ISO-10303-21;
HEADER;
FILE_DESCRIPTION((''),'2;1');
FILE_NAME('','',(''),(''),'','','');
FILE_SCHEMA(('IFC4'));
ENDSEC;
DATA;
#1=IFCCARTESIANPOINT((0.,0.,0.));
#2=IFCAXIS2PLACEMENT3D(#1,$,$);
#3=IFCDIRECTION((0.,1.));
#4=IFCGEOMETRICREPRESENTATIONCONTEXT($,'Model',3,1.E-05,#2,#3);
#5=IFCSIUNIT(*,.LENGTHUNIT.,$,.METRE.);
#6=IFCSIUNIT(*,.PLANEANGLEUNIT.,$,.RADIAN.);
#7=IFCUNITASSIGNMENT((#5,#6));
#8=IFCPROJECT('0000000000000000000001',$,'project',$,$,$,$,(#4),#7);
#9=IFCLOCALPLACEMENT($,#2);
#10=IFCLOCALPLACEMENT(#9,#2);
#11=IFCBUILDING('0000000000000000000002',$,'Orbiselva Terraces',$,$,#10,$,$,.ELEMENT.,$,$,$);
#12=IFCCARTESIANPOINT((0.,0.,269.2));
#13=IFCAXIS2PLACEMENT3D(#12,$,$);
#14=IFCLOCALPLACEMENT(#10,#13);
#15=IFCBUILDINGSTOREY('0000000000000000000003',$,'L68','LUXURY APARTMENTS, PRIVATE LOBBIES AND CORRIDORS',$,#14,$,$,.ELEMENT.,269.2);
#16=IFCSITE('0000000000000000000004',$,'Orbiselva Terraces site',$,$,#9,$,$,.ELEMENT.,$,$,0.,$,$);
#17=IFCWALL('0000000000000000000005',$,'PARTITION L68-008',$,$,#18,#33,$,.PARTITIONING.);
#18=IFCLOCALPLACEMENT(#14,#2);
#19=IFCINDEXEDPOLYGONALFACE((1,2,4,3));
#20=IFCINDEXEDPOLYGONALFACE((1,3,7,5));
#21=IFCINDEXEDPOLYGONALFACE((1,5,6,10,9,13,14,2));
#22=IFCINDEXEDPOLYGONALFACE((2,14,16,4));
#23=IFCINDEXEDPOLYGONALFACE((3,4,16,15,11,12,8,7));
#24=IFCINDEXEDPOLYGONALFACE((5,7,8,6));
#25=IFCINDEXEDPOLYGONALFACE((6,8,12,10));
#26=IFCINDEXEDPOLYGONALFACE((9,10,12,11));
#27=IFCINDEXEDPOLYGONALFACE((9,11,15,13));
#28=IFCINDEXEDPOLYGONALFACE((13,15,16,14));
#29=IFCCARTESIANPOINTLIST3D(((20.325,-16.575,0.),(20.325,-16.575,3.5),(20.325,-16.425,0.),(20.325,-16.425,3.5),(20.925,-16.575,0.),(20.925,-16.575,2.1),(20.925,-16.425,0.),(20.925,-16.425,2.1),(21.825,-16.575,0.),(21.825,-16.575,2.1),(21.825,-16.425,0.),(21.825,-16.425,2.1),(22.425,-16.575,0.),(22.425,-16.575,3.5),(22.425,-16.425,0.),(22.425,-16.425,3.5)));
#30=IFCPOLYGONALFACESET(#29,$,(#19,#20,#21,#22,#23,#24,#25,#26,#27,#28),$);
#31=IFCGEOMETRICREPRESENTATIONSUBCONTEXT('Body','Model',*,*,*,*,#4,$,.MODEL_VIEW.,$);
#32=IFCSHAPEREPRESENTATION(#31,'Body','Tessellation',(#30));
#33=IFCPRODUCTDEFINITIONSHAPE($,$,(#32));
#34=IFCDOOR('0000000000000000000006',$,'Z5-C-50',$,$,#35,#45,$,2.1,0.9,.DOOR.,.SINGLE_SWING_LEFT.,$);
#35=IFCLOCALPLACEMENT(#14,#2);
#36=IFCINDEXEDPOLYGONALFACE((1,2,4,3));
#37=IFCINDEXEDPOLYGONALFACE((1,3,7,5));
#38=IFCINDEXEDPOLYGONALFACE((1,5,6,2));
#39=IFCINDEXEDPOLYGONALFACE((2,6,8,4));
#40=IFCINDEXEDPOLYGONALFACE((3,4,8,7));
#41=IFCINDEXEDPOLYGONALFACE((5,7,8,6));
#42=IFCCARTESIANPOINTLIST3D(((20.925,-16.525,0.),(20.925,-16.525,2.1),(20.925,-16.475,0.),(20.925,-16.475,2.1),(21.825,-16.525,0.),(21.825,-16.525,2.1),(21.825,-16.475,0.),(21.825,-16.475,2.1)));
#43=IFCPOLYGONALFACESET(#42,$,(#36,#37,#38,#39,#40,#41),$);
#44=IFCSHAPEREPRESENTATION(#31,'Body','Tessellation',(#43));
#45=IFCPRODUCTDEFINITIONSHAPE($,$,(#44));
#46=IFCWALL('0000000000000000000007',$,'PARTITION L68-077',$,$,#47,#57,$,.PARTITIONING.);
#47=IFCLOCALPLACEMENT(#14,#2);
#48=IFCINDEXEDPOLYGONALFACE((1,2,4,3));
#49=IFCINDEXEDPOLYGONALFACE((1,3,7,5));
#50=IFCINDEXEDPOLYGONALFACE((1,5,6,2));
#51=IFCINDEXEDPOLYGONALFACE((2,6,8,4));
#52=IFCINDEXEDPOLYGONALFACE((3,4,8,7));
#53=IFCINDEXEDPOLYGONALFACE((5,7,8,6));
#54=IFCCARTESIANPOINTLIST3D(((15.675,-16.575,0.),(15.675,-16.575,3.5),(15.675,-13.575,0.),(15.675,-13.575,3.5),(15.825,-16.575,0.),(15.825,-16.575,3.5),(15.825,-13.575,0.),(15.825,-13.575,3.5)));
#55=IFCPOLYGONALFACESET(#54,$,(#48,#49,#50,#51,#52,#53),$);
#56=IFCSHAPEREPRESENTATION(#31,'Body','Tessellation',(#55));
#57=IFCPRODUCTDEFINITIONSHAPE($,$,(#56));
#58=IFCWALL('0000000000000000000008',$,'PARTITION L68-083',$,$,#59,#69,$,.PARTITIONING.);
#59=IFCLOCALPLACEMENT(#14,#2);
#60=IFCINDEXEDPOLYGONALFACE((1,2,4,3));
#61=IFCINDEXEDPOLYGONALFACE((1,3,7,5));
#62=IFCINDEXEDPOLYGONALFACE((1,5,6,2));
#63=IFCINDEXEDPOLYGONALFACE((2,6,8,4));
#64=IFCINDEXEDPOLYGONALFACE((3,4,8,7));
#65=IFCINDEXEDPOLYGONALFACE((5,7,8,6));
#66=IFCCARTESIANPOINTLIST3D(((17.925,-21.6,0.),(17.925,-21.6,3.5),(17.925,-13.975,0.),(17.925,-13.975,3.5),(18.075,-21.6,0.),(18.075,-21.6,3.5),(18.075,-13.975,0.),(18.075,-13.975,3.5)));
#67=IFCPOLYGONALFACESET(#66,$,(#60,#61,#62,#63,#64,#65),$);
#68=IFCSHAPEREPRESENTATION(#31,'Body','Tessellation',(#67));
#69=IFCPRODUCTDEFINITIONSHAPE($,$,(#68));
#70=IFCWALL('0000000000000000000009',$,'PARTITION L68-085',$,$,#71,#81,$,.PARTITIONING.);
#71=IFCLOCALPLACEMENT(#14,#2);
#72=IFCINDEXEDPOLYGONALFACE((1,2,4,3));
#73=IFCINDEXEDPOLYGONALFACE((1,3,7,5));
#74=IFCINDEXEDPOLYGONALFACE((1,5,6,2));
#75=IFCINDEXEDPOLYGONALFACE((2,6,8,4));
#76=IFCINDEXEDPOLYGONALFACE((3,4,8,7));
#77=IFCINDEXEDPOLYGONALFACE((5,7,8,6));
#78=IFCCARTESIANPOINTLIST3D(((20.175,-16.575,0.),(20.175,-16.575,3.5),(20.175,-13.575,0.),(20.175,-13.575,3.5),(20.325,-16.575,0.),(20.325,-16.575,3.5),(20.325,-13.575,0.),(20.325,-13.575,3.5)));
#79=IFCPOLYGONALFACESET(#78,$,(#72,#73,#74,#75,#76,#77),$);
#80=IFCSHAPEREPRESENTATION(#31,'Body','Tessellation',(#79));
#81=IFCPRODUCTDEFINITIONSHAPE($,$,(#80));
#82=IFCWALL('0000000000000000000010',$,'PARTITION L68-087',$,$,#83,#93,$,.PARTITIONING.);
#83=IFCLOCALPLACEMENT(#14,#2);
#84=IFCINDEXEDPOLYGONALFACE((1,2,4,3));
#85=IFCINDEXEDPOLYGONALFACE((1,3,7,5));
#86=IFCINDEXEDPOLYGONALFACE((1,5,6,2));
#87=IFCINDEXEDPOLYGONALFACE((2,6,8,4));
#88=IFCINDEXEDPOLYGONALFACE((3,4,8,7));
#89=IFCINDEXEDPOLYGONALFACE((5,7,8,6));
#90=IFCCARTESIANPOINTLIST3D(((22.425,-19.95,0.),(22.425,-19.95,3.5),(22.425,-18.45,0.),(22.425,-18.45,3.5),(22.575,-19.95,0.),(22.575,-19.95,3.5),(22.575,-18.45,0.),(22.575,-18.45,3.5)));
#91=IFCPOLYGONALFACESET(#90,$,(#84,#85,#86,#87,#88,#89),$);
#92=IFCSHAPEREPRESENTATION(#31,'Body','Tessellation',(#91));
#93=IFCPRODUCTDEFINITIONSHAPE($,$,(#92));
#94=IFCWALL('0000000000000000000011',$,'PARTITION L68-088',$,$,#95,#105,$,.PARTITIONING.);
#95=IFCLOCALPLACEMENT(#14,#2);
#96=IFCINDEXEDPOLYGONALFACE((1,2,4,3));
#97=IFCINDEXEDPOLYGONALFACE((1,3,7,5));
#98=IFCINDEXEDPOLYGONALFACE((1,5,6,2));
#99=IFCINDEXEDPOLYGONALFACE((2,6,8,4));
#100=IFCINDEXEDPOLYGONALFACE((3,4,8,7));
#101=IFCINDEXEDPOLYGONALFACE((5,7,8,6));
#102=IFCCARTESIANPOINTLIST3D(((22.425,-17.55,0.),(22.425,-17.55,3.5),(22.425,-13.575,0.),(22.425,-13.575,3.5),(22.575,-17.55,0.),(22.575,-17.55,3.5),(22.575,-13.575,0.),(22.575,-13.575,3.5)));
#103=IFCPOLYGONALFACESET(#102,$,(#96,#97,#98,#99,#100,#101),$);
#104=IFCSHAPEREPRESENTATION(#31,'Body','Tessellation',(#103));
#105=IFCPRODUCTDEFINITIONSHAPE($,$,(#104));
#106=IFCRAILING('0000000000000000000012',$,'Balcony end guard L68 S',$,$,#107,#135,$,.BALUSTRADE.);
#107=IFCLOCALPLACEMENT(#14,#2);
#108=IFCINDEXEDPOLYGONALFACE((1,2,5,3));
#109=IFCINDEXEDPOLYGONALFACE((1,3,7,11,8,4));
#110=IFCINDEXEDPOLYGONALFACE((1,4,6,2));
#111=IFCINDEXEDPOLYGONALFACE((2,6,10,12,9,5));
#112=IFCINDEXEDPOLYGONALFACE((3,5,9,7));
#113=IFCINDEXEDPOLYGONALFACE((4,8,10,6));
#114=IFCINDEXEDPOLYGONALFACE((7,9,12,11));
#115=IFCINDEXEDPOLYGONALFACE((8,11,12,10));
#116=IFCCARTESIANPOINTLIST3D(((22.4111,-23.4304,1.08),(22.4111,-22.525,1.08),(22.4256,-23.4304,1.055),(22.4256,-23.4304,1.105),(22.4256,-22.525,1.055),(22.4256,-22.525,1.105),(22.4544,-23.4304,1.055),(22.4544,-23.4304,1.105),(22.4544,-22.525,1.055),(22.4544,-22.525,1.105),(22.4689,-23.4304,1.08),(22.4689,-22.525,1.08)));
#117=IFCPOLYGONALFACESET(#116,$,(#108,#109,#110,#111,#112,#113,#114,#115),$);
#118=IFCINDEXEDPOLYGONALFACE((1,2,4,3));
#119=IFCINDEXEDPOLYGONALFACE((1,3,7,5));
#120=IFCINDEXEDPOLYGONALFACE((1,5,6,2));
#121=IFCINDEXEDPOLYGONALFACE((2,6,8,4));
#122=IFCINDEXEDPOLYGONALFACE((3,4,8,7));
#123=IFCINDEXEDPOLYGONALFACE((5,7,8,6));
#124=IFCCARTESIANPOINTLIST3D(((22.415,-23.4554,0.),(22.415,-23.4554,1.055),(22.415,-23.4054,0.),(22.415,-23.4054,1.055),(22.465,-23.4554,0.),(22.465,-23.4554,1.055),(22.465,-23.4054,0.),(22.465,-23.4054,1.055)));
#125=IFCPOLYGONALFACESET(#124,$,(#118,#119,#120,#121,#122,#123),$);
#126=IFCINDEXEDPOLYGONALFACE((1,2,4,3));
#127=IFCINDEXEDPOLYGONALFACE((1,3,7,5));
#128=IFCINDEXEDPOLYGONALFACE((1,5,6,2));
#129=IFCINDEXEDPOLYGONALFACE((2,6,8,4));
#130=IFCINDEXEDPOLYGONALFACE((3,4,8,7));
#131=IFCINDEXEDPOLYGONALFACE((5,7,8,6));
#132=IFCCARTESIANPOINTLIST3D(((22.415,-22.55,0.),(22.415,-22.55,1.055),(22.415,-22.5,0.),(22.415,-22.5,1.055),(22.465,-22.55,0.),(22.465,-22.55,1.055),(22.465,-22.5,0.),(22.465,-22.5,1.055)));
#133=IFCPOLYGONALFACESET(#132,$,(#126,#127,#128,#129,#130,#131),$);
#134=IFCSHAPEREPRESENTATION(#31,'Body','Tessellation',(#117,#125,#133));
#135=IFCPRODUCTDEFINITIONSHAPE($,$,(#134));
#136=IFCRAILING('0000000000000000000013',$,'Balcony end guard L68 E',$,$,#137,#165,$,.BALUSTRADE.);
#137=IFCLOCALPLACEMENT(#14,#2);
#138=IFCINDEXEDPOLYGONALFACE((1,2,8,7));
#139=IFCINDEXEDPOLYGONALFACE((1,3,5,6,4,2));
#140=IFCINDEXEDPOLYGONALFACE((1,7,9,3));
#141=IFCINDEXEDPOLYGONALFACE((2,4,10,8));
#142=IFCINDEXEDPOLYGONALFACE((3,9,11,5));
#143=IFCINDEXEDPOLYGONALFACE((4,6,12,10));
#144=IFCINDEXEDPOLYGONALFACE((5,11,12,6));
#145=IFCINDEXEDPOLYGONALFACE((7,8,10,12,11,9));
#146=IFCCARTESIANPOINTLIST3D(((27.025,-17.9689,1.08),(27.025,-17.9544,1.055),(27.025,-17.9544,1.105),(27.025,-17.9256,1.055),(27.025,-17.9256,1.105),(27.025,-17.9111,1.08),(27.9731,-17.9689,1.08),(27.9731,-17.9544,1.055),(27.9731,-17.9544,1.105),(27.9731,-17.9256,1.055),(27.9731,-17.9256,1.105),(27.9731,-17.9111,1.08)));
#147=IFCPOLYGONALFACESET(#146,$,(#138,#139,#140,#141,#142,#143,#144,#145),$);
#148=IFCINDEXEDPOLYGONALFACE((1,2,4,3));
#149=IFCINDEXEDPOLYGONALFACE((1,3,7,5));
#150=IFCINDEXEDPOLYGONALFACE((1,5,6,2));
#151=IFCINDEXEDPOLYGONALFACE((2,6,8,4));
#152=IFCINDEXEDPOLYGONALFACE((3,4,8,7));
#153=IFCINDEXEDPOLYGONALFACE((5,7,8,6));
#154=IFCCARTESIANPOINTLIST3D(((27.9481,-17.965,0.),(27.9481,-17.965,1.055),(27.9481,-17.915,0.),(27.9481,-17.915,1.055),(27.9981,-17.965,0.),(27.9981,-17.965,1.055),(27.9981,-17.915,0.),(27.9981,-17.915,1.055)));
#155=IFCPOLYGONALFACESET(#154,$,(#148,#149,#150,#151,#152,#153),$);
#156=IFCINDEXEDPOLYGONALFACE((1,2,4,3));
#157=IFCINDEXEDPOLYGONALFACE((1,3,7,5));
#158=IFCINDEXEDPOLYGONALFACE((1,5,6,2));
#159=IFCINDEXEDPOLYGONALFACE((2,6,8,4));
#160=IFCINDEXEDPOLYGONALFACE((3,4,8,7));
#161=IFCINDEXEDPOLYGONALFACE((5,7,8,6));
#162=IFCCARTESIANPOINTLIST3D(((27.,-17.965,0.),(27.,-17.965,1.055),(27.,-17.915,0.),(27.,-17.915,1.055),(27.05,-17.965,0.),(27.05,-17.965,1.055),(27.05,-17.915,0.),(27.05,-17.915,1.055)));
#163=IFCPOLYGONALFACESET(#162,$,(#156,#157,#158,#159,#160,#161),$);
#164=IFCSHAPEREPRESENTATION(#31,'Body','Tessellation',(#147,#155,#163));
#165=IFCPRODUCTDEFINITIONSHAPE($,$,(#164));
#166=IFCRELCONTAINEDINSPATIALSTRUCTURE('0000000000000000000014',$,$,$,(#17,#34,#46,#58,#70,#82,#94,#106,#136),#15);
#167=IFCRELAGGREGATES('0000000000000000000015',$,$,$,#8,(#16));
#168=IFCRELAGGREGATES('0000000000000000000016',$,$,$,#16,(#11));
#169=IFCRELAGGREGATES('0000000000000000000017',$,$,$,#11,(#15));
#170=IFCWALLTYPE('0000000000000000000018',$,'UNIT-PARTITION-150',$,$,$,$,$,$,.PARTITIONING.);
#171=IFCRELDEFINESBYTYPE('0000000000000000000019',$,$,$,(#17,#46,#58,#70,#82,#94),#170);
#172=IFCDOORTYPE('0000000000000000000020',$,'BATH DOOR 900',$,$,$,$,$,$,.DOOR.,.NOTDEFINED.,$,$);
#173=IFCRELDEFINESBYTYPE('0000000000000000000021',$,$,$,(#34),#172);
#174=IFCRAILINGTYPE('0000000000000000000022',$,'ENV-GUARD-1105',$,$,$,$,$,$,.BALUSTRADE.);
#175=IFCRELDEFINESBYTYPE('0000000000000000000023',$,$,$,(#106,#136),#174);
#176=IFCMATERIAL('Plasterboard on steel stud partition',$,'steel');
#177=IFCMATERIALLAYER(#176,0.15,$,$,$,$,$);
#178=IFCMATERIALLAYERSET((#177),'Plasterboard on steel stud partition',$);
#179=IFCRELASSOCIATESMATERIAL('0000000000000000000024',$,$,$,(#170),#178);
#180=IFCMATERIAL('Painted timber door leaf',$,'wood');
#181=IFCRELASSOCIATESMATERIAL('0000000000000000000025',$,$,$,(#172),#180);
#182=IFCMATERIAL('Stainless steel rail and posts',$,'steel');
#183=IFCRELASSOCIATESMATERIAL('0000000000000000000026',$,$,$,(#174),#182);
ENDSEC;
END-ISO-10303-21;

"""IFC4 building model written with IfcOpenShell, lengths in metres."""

from ifc_helpers import new_model, si_unit, direction, frame, frame_2d, origin, origin_2d, place, context, subcontext, project, spatial, polyline, rectangle, outline, extrude, material, layer, layer_set, type_object, element, fill, save


model = new_model("IFC4")

# Units and contexts
model_context = context("Model", 3, precision=1e-05, world=origin(), true_north=direction((0.0, 1.0)))
body_context = subcontext(model_context, "Body", "Model", "MODEL_VIEW")
ifc_project = project(units=[si_unit("LENGTHUNIT", "METRE"), si_unit("PLANEANGLEUNIT", "RADIAN")], contexts=[model_context])

# Site, building, storey
site_placement = place(None, origin())
site = spatial("IfcSite", under=ifc_project, at=site_placement, Name="Orbiselva Terraces site", CompositionType="ELEMENT", RefElevation=0.0)
building_placement = place(site_placement, origin())
building = spatial("IfcBuilding", under=site, at=building_placement, Name="Orbiselva Terraces", CompositionType="ELEMENT")
storey_placement = place(building_placement, frame((0.0, 0.0, 269.2)))
storey = spatial("IfcBuildingStorey", under=building, at=storey_placement, Name="L68", Description="LUXURY APARTMENTS, PRIVATE LOBBIES AND CORRIDORS", CompositionType="ELEMENT", Elevation=269.2)

# Wall, opening, door
ifc_material_1 = material(Name="Plasterboard on steel stud partition", Category="steel")
ifc_layer_1 = layer(ifc_material_1, 0.15)
ifc_layer_set_1 = layer_set([ifc_layer_1], Name="Plasterboard on steel stud partition")
wall_type_1 = type_object("IfcWallType", Name="UNIT-PARTITION-150", PredefinedType="PARTITIONING", material=ifc_layer_set_1)
wall_1_placement = place(storey_placement, frame((20.325, -16.5, 0.0), z_axis=(0.0, 0.0, 1.0), x_axis=(1.0, 0.0, 0.0)))
wall_1 = element("IfcWall", 1, at=wall_1_placement, inside=storey, type_object=wall_type_1, Name="PARTITION L68-008", PredefinedType="PARTITIONING", context=body_context, shape_type="SweptSolid", body=[
    extrude(rectangle(XDim=2.1, YDim=0.15, at=frame_2d((1.05, 0.0))), origin(), (0.0, 0.0, 1.0), 3.5),
])
opening_1_placement = place(wall_1_placement, frame((0.6, 0.0, 0.0)))
opening_1 = element("IfcOpeningElement", 2, at=opening_1_placement, cuts=wall_1, PredefinedType="OPENING", context=body_context, shape_type="SweptSolid", body=[
    extrude(rectangle(XDim=0.9, YDim=2.1, at=frame_2d((0.45, 1.05))), frame((0.0, 0.085, 0.0), z_axis=(0.0, -1.0, 0.0), x_axis=(1.0, 0.0, 0.0)), (0.0, 0.0, 1.0), 0.17),
])
ifc_material_2 = material(Name="Painted timber door leaf", Category="wood")
door_type_1 = type_object("IfcDoorType", Name="BATH DOOR 900", OperationType="NOTDEFINED", PredefinedType="DOOR", material=ifc_material_2)
door_1_placement = place(opening_1_placement, origin())
door_1 = element("IfcDoor", 3, at=door_1_placement, inside=storey, type_object=door_type_1, Name="Z5-C-50", OperationType="SINGLE_SWING_LEFT", OverallHeight=2.1, OverallWidth=0.9, PredefinedType="DOOR", context=body_context, shape_type="SweptSolid", body=[
    extrude(rectangle(XDim=0.9, YDim=2.1, at=frame_2d((0.45, 1.05))), frame((0.0, 0.025, 0.0), z_axis=(0.0, -1.0, 0.0), x_axis=(1.0, 0.0, 0.0)), (0.0, 0.0, 1.0), 0.05),
])
fill(opening_1, door_1)

# Walls
wall_2_placement = place(storey_placement, frame((15.75, -16.575, 0.0), z_axis=(0.0, 0.0, 1.0), x_axis=(0.0, 1.0, 0.0)))
element("IfcWall", 4, at=wall_2_placement, inside=storey, type_object=wall_type_1, Name="PARTITION L68-077", PredefinedType="PARTITIONING", context=body_context, shape_type="SweptSolid", body=[
    extrude(rectangle(XDim=3.0, YDim=0.15, at=frame_2d((1.5, 0.0))), origin(), (0.0, 0.0, 1.0), 3.5),
])
wall_3_placement = place(storey_placement, frame((18.0, -21.6, 0.0), z_axis=(0.0, 0.0, 1.0), x_axis=(0.0, 1.0, 0.0)))
element("IfcWall", 5, at=wall_3_placement, inside=storey, type_object=wall_type_1, Name="PARTITION L68-083", PredefinedType="PARTITIONING", context=body_context, shape_type="SweptSolid", body=[
    extrude(rectangle(XDim=7.625, YDim=0.15, at=frame_2d((3.8125, 0.0))), origin(), (0.0, 0.0, 1.0), 3.5),
])
wall_4_placement = place(storey_placement, frame((20.25, -16.575, 0.0), z_axis=(0.0, 0.0, 1.0), x_axis=(0.0, 1.0, 0.0)))
element("IfcWall", 6, at=wall_4_placement, inside=storey, type_object=wall_type_1, Name="PARTITION L68-085", PredefinedType="PARTITIONING", context=body_context, shape_type="SweptSolid", body=[
    extrude(rectangle(XDim=3.0, YDim=0.15, at=frame_2d((1.5, 0.0))), origin(), (0.0, 0.0, 1.0), 3.5),
])
wall_5_placement = place(storey_placement, frame((22.5, -19.95, 0.0), z_axis=(0.0, 0.0, 1.0), x_axis=(0.0, 1.0, 0.0)))
element("IfcWall", 7, at=wall_5_placement, inside=storey, type_object=wall_type_1, Name="PARTITION L68-087", PredefinedType="PARTITIONING", context=body_context, shape_type="SweptSolid", body=[
    extrude(rectangle(XDim=1.5, YDim=0.15, at=frame_2d((0.75, 0.0))), origin(), (0.0, 0.0, 1.0), 3.5),
])
wall_6_placement = place(storey_placement, frame((22.5, -17.55, 0.0), z_axis=(0.0, 0.0, 1.0), x_axis=(0.0, 1.0, 0.0)))
element("IfcWall", 8, at=wall_6_placement, inside=storey, type_object=wall_type_1, Name="PARTITION L68-088", PredefinedType="PARTITIONING", context=body_context, shape_type="SweptSolid", body=[
    extrude(rectangle(XDim=3.975, YDim=0.15, at=frame_2d((1.9875, 0.0))), origin(), (0.0, 0.0, 1.0), 3.5),
])

# Railings
ifc_material_3 = material(Name="Stainless steel rail and posts", Category="steel")
railing_type_1 = type_object("IfcRailingType", Name="ENV-GUARD-1105", PredefinedType="BALUSTRADE", material=ifc_material_3)
railing_1_placement = place(storey_placement, frame((22.44, -23.4304, 0.0)))
element("IfcRailing", 9, at=railing_1_placement, inside=storey, type_object=railing_type_1, Name="Balcony end guard L68 S", PredefinedType="BALUSTRADE", context=body_context, shape_type="SweptSolid", body=[
    extrude(outline(polyline([(0.0289, 0.0), (0.0144, 0.025), (-0.0144, 0.025), (-0.0289, 0.0), (-0.0144, -0.025), (0.0144, -0.025), (0.0289, 0.0)])), frame((0.0, 0.0, 1.08), z_axis=(0.0, 1.0, 0.0), x_axis=(-1.0, 0.0, 0.0)), (0.0, 0.0, 1.0), 0.9054),
    extrude(rectangle(XDim=0.05, YDim=0.05, at=origin_2d()), origin(), (0.0, 0.0, 1.0), 1.055),
    extrude(rectangle(XDim=0.05, YDim=0.05, at=origin_2d()), frame((0.0, 0.9054, 0.0)), (0.0, 0.0, 1.0), 1.055),
])
railing_2_placement = place(storey_placement, frame((27.9731, -17.94, 0.0)))
element("IfcRailing", 10, at=railing_2_placement, inside=storey, type_object=railing_type_1, Name="Balcony end guard L68 E", PredefinedType="BALUSTRADE", context=body_context, shape_type="SweptSolid", body=[
    extrude(outline(polyline([(0.0289, 0.0), (0.0144, 0.025), (-0.0144, 0.025), (-0.0289, 0.0), (-0.0144, -0.025), (0.0144, -0.025), (0.0289, 0.0)])), frame((0.0, 0.0, 1.08), z_axis=(-1.0, 0.0, 0.0), x_axis=(0.0, -1.0, 0.0)), (0.0, 0.0, 1.0), 0.9481),
    extrude(rectangle(XDim=0.05, YDim=0.05, at=origin_2d()), origin(), (0.0, 0.0, 1.0), 1.055),
    extrude(rectangle(XDim=0.05, YDim=0.05, at=origin_2d()), frame((-0.9481, 0.0, 0.0)), (0.0, 0.0, 1.0), 1.055),
])

save(model, "model.ifc")
